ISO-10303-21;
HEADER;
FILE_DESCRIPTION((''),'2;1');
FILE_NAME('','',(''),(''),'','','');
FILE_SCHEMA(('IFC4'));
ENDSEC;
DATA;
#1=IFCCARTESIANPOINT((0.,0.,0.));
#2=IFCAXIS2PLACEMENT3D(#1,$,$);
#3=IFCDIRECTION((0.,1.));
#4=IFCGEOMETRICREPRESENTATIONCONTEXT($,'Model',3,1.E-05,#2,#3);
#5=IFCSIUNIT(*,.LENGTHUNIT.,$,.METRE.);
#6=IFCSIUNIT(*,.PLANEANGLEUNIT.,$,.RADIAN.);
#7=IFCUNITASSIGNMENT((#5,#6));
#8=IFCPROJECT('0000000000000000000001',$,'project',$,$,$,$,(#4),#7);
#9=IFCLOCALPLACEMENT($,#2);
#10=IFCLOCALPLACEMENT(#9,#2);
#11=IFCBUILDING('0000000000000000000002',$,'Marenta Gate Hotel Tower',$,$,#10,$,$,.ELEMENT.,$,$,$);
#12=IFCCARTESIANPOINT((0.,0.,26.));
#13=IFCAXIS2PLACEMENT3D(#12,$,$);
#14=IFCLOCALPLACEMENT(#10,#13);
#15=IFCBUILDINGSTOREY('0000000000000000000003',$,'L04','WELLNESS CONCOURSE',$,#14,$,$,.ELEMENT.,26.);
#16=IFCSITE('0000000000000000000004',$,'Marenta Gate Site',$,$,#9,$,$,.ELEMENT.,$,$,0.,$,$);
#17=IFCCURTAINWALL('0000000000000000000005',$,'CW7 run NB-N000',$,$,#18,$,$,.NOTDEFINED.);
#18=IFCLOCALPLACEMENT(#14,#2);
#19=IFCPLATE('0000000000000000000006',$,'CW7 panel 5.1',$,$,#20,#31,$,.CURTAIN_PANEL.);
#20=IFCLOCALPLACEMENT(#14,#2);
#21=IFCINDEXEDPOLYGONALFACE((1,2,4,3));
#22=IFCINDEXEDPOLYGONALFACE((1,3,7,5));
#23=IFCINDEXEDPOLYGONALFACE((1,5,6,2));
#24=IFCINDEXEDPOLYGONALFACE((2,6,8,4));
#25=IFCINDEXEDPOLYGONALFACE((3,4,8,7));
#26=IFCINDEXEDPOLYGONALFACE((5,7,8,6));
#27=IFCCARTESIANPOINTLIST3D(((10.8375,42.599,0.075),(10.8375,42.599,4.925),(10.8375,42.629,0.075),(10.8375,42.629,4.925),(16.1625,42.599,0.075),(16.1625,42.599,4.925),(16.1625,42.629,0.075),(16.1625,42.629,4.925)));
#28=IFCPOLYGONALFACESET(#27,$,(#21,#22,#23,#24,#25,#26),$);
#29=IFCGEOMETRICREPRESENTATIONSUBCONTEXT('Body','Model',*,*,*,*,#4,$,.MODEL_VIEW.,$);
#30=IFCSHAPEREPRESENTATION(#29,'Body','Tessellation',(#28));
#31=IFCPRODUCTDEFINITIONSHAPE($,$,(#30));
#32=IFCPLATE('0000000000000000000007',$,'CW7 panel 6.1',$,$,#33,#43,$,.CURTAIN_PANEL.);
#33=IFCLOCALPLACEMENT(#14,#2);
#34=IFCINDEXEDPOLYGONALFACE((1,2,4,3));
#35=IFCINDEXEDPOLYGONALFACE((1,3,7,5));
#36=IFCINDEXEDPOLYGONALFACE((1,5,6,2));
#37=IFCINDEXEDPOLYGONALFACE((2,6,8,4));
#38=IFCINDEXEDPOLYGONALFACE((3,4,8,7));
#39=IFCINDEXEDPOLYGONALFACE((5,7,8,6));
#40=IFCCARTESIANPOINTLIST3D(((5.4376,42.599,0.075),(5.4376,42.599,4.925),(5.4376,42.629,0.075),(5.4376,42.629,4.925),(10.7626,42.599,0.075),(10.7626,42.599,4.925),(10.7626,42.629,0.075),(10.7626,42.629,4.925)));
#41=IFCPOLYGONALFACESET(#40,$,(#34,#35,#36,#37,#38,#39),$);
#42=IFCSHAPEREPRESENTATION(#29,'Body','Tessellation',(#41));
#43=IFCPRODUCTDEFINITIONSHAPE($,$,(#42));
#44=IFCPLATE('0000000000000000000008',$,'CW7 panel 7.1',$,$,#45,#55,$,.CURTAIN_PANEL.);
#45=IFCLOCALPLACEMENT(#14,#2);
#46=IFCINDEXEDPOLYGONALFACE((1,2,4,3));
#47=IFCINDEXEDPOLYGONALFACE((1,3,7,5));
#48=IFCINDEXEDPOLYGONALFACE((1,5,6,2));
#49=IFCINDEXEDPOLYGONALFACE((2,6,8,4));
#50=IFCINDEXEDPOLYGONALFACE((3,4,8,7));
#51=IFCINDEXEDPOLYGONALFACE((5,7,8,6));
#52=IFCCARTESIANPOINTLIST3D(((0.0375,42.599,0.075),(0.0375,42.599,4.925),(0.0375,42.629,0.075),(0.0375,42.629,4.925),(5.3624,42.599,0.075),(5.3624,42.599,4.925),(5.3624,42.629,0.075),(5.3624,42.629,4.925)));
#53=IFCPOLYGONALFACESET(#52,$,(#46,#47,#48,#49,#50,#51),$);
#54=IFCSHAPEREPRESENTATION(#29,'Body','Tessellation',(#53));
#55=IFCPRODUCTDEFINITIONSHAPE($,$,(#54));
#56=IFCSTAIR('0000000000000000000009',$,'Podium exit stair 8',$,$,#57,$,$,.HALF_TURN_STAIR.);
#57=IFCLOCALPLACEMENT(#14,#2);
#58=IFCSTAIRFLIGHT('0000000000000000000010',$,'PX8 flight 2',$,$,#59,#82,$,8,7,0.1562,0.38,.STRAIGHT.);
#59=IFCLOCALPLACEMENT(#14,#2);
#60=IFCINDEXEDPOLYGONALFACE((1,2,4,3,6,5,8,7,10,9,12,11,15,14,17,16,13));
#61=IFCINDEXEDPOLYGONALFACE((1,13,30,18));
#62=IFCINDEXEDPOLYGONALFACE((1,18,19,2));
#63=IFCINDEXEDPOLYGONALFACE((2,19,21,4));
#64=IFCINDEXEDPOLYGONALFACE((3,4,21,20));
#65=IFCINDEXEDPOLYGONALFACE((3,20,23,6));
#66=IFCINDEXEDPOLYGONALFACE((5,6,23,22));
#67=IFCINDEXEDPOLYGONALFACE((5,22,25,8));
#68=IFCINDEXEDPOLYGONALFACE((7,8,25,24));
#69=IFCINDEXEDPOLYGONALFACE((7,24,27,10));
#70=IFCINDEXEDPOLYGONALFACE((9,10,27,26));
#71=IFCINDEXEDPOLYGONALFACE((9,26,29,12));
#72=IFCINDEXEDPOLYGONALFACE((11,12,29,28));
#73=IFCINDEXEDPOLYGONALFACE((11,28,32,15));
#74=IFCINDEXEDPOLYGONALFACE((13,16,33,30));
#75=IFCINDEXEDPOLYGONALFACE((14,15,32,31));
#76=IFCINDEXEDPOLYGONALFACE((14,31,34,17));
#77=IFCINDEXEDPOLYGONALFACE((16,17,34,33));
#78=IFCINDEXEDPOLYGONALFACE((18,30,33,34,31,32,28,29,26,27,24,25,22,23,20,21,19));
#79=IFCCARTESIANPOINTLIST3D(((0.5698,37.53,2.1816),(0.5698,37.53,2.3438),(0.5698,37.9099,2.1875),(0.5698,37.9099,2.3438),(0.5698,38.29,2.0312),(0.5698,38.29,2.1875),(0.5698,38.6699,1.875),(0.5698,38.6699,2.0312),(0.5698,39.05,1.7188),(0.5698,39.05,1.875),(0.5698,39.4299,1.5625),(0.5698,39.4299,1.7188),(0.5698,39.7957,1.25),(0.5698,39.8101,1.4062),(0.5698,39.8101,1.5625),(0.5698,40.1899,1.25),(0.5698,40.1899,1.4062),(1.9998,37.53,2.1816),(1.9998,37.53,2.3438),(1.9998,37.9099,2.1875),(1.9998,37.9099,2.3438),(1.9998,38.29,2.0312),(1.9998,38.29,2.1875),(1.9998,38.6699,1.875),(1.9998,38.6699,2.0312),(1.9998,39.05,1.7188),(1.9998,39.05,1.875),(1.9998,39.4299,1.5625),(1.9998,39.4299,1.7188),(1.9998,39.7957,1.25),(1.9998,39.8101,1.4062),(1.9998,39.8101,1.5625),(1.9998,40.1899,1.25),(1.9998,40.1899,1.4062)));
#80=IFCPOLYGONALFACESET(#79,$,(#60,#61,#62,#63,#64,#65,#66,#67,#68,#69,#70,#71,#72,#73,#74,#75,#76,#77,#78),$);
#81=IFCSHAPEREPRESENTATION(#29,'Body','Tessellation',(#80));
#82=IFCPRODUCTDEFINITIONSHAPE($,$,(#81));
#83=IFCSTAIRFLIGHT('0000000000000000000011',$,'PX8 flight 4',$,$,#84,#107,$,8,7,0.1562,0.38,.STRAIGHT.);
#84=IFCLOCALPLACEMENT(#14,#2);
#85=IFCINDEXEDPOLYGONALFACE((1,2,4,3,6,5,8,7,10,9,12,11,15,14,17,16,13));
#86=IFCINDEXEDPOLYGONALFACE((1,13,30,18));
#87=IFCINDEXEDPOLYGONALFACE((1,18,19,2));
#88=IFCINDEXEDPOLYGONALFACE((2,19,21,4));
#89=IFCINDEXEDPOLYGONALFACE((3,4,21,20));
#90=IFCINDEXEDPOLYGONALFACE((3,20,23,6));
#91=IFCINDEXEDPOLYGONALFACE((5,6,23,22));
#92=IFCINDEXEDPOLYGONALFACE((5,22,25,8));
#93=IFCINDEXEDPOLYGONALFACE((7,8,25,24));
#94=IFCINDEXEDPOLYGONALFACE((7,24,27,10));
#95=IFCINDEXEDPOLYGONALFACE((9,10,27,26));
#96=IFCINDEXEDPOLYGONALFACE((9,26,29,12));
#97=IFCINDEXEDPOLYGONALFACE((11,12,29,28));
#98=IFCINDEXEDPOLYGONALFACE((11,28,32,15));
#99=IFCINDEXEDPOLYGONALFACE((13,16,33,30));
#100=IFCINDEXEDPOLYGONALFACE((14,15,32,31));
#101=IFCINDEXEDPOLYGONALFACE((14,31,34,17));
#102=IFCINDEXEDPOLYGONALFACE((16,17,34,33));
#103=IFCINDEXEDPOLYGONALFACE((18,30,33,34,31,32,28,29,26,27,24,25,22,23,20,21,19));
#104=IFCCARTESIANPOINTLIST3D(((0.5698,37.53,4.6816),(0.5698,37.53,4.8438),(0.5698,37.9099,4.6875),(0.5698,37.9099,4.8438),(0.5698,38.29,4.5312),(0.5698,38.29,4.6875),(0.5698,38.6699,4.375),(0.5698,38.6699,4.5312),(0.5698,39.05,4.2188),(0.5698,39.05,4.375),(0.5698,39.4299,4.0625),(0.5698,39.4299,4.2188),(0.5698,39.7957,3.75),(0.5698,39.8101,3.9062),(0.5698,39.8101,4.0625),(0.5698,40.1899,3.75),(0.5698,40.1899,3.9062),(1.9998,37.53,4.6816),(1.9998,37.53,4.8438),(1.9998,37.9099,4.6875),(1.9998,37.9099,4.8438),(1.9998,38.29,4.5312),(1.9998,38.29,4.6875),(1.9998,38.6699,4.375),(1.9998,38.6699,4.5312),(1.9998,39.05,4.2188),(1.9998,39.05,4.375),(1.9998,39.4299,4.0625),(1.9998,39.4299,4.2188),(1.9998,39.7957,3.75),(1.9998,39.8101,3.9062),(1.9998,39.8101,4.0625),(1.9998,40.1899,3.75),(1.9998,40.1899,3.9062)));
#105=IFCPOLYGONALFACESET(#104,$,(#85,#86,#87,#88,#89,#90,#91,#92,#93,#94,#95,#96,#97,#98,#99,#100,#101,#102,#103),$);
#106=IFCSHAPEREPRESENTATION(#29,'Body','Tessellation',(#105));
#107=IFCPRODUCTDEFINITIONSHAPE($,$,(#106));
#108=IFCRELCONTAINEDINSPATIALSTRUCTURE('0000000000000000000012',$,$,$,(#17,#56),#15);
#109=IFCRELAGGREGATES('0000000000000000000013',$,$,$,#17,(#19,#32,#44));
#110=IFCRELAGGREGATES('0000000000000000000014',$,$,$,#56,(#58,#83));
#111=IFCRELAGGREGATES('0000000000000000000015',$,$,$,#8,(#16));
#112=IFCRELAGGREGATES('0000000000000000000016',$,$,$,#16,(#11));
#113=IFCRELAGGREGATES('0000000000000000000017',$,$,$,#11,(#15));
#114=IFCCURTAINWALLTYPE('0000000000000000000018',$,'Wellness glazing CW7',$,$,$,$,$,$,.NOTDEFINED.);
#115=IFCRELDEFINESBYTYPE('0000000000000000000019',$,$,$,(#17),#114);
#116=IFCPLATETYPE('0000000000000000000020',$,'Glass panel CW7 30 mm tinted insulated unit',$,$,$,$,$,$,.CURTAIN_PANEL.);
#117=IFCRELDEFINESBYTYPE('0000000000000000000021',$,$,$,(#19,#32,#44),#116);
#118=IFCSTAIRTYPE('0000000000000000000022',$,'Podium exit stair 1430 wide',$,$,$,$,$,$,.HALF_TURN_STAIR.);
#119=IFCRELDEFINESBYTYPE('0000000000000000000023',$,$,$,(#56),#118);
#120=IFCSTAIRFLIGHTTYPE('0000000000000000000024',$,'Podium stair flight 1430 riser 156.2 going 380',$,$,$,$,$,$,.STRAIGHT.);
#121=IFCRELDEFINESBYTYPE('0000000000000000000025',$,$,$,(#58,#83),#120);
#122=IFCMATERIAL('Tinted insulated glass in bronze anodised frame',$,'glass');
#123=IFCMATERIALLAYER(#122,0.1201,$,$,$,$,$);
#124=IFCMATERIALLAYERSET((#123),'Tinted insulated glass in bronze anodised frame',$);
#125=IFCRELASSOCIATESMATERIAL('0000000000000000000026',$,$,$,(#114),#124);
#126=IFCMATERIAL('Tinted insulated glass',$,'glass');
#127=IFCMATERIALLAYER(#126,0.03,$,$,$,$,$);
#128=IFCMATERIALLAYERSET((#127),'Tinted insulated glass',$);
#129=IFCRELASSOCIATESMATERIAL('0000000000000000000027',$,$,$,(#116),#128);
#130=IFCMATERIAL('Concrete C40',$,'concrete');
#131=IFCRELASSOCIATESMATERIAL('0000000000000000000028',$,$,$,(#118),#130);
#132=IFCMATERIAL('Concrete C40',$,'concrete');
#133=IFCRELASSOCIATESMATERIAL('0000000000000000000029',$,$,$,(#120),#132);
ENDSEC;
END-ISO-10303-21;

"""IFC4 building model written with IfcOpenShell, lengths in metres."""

from ifc_helpers import new_model, si_unit, direction, frame, origin, origin_2d, place, context, subcontext, project, spatial, polyline, rectangle, outline, extrude, material, layer, layer_set, type_object, element, aggregate, save


model = new_model("IFC4")

# Units and contexts
model_context = context("Model", 3, precision=1e-05, world=origin(), true_north=direction((0.0, 1.0)))
body_context = subcontext(model_context, "Body", "Model", "MODEL_VIEW")
ifc_project = project(units=[si_unit("LENGTHUNIT", "METRE"), si_unit("PLANEANGLEUNIT", "RADIAN")], contexts=[model_context])

# Site, building, storey
site_placement = place(None, origin())
site = spatial("IfcSite", under=ifc_project, at=site_placement, Name="Marenta Gate Site", CompositionType="ELEMENT", RefElevation=0.0)
building_placement = place(site_placement, origin())
building = spatial("IfcBuilding", under=site, at=building_placement, Name="Marenta Gate Hotel Tower", CompositionType="ELEMENT")
storey_placement = place(building_placement, frame((0.0, 0.0, 26.0)))
storey = spatial("IfcBuildingStorey", under=building, at=storey_placement, Name="L04", Description="WELLNESS CONCOURSE", CompositionType="ELEMENT", Elevation=26.0)

# Curtain wall
ifc_material_1 = material(Name="Tinted insulated glass in bronze anodised frame", Category="glass")
ifc_layer_1 = layer(ifc_material_1, 0.1201)
ifc_layer_set_1 = layer_set([ifc_layer_1], Name="Tinted insulated glass in bronze anodised frame")
curtain_wall_type = type_object("IfcCurtainWallType", Name="Wellness glazing CW7", PredefinedType="NOTDEFINED", material=ifc_layer_set_1)
curtain_wall_placement = place(storey_placement, origin())
curtain_wall = element("IfcCurtainWall", 1, at=curtain_wall_placement, inside=storey, type_object=curtain_wall_type, Name="CW7 run NB-N000", PredefinedType="NOTDEFINED")

# Plates
ifc_material_2 = material(Name="Tinted insulated glass", Category="glass")
ifc_layer_2 = layer(ifc_material_2, 0.03)
ifc_layer_set_2 = layer_set([ifc_layer_2], Name="Tinted insulated glass")
plate_type = type_object("IfcPlateType", Name="Glass panel CW7 30 mm tinted insulated unit", PredefinedType="CURTAIN_PANEL", material=ifc_layer_set_2)
plate_1_placement = place(storey_placement, frame((13.5, 42.614, 0.075), z_axis=(0.0, 0.0, 1.0), x_axis=(-1.0, 0.0, 0.0)))
plate_1 = element("IfcPlate", 2, at=plate_1_placement, type_object=plate_type, Name="CW7 panel 5.1", PredefinedType="CURTAIN_PANEL", context=body_context, shape_type="SweptSolid", body=[
    extrude(rectangle(XDim=5.325, YDim=0.03, at=origin_2d()), origin(), (0.0, 0.0, 1.0), 4.8501),
])
plate_2_placement = place(storey_placement, frame((8.1001, 42.614, 0.075), z_axis=(0.0, 0.0, 1.0), x_axis=(-1.0, 0.0, 0.0)))
plate_2 = element("IfcPlate", 3, at=plate_2_placement, type_object=plate_type, Name="CW7 panel 6.1", PredefinedType="CURTAIN_PANEL", context=body_context, shape_type="SweptSolid", body=[
    extrude(rectangle(XDim=5.325, YDim=0.03, at=origin_2d()), origin(), (0.0, 0.0, 1.0), 4.8501),
])
plate_3_placement = place(storey_placement, frame((2.7, 42.614, 0.075), z_axis=(0.0, 0.0, 1.0), x_axis=(-1.0, 0.0, 0.0)))
plate_3 = element("IfcPlate", 4, at=plate_3_placement, type_object=plate_type, Name="CW7 panel 7.1", PredefinedType="CURTAIN_PANEL", context=body_context, shape_type="SweptSolid", body=[
    extrude(rectangle(XDim=5.325, YDim=0.03, at=origin_2d()), origin(), (0.0, 0.0, 1.0), 4.8501),
])
aggregate(curtain_wall, [plate_1, plate_2, plate_3])

# Stair, stair flights
ifc_material_3 = material(Name="Concrete C40", Category="concrete")
stair_type = type_object("IfcStairType", Name="Podium exit stair 1430 wide", PredefinedType="HALF_TURN_STAIR", material=ifc_material_3)
stair_placement = place(storey_placement, origin())
stair = element("IfcStair", 5, at=stair_placement, inside=storey, type_object=stair_type, Name="Podium exit stair 8", PredefinedType="HALF_TURN_STAIR")
ifc_material_4 = material(Name="Concrete C40", Category="concrete")
stair_flight_type = type_object("IfcStairFlightType", Name="Podium stair flight 1430 riser 156.2 going 380", PredefinedType="STRAIGHT", material=ifc_material_4)
stair_flight_1_placement = place(storey_placement, frame((1.2849, 40.1899, 1.25), z_axis=(0.0, 0.0, 1.0), x_axis=(0.0, -1.0, 0.0)))
stair_flight_1 = element("IfcStairFlight", 6, at=stair_flight_1_placement, type_object=stair_flight_type, Name="PX8 flight 2", NumberOfRisers=8, NumberOfTreads=7, PredefinedType="STRAIGHT", RiserHeight=0.1562, TreadLength=0.38, context=body_context, shape_type="SweptSolid", body=[
    extrude(outline(polyline([(0.0, 0.0), (0.0, 0.1562), (0.3799, 0.1562), (0.3799, 0.3125), (0.76, 0.3125), (0.76, 0.4688), (1.1399, 0.4688), (1.1399, 0.625), (1.52, 0.625), (1.52, 0.7812), (1.8999, 0.7812), (1.8999, 0.9375), (2.28, 0.9375), (2.28, 1.0938), (2.6599, 1.0938), (2.6599, 1.25), (2.6599, 0.9316), (0.3943, 0.0), (0.0, 0.0)])), frame((0.0, 0.7148, 0.0), z_axis=(0.0, -1.0, 0.0), x_axis=(1.0, 0.0, 0.0)), (0.0, 0.0, 1.0), 1.4299),
])
stair_flight_2_placement = place(storey_placement, frame((1.2849, 40.1899, 3.75), z_axis=(0.0, 0.0, 1.0), x_axis=(0.0, -1.0, 0.0)))
stair_flight_2 = element("IfcStairFlight", 7, at=stair_flight_2_placement, type_object=stair_flight_type, Name="PX8 flight 4", NumberOfRisers=8, NumberOfTreads=7, PredefinedType="STRAIGHT", RiserHeight=0.1562, TreadLength=0.38, context=body_context, shape_type="SweptSolid", body=[
    extrude(outline(polyline([(0.0, 0.0), (0.0, 0.1562), (0.3799, 0.1562), (0.3799, 0.3125), (0.76, 0.3125), (0.76, 0.4688), (1.1399, 0.4688), (1.1399, 0.625), (1.52, 0.625), (1.52, 0.7812), (1.8999, 0.7812), (1.8999, 0.9375), (2.28, 0.9375), (2.28, 1.0938), (2.6599, 1.0938), (2.6599, 1.25), (2.6599, 0.9316), (0.3943, 0.0), (0.0, 0.0)])), frame((0.0, 0.7148, 0.0), z_axis=(0.0, -1.0, 0.0), x_axis=(1.0, 0.0, 0.0)), (0.0, 0.0, 1.0), 1.4299),
])
aggregate(stair, [stair_flight_1, stair_flight_2])

save(model, "model.ifc")
